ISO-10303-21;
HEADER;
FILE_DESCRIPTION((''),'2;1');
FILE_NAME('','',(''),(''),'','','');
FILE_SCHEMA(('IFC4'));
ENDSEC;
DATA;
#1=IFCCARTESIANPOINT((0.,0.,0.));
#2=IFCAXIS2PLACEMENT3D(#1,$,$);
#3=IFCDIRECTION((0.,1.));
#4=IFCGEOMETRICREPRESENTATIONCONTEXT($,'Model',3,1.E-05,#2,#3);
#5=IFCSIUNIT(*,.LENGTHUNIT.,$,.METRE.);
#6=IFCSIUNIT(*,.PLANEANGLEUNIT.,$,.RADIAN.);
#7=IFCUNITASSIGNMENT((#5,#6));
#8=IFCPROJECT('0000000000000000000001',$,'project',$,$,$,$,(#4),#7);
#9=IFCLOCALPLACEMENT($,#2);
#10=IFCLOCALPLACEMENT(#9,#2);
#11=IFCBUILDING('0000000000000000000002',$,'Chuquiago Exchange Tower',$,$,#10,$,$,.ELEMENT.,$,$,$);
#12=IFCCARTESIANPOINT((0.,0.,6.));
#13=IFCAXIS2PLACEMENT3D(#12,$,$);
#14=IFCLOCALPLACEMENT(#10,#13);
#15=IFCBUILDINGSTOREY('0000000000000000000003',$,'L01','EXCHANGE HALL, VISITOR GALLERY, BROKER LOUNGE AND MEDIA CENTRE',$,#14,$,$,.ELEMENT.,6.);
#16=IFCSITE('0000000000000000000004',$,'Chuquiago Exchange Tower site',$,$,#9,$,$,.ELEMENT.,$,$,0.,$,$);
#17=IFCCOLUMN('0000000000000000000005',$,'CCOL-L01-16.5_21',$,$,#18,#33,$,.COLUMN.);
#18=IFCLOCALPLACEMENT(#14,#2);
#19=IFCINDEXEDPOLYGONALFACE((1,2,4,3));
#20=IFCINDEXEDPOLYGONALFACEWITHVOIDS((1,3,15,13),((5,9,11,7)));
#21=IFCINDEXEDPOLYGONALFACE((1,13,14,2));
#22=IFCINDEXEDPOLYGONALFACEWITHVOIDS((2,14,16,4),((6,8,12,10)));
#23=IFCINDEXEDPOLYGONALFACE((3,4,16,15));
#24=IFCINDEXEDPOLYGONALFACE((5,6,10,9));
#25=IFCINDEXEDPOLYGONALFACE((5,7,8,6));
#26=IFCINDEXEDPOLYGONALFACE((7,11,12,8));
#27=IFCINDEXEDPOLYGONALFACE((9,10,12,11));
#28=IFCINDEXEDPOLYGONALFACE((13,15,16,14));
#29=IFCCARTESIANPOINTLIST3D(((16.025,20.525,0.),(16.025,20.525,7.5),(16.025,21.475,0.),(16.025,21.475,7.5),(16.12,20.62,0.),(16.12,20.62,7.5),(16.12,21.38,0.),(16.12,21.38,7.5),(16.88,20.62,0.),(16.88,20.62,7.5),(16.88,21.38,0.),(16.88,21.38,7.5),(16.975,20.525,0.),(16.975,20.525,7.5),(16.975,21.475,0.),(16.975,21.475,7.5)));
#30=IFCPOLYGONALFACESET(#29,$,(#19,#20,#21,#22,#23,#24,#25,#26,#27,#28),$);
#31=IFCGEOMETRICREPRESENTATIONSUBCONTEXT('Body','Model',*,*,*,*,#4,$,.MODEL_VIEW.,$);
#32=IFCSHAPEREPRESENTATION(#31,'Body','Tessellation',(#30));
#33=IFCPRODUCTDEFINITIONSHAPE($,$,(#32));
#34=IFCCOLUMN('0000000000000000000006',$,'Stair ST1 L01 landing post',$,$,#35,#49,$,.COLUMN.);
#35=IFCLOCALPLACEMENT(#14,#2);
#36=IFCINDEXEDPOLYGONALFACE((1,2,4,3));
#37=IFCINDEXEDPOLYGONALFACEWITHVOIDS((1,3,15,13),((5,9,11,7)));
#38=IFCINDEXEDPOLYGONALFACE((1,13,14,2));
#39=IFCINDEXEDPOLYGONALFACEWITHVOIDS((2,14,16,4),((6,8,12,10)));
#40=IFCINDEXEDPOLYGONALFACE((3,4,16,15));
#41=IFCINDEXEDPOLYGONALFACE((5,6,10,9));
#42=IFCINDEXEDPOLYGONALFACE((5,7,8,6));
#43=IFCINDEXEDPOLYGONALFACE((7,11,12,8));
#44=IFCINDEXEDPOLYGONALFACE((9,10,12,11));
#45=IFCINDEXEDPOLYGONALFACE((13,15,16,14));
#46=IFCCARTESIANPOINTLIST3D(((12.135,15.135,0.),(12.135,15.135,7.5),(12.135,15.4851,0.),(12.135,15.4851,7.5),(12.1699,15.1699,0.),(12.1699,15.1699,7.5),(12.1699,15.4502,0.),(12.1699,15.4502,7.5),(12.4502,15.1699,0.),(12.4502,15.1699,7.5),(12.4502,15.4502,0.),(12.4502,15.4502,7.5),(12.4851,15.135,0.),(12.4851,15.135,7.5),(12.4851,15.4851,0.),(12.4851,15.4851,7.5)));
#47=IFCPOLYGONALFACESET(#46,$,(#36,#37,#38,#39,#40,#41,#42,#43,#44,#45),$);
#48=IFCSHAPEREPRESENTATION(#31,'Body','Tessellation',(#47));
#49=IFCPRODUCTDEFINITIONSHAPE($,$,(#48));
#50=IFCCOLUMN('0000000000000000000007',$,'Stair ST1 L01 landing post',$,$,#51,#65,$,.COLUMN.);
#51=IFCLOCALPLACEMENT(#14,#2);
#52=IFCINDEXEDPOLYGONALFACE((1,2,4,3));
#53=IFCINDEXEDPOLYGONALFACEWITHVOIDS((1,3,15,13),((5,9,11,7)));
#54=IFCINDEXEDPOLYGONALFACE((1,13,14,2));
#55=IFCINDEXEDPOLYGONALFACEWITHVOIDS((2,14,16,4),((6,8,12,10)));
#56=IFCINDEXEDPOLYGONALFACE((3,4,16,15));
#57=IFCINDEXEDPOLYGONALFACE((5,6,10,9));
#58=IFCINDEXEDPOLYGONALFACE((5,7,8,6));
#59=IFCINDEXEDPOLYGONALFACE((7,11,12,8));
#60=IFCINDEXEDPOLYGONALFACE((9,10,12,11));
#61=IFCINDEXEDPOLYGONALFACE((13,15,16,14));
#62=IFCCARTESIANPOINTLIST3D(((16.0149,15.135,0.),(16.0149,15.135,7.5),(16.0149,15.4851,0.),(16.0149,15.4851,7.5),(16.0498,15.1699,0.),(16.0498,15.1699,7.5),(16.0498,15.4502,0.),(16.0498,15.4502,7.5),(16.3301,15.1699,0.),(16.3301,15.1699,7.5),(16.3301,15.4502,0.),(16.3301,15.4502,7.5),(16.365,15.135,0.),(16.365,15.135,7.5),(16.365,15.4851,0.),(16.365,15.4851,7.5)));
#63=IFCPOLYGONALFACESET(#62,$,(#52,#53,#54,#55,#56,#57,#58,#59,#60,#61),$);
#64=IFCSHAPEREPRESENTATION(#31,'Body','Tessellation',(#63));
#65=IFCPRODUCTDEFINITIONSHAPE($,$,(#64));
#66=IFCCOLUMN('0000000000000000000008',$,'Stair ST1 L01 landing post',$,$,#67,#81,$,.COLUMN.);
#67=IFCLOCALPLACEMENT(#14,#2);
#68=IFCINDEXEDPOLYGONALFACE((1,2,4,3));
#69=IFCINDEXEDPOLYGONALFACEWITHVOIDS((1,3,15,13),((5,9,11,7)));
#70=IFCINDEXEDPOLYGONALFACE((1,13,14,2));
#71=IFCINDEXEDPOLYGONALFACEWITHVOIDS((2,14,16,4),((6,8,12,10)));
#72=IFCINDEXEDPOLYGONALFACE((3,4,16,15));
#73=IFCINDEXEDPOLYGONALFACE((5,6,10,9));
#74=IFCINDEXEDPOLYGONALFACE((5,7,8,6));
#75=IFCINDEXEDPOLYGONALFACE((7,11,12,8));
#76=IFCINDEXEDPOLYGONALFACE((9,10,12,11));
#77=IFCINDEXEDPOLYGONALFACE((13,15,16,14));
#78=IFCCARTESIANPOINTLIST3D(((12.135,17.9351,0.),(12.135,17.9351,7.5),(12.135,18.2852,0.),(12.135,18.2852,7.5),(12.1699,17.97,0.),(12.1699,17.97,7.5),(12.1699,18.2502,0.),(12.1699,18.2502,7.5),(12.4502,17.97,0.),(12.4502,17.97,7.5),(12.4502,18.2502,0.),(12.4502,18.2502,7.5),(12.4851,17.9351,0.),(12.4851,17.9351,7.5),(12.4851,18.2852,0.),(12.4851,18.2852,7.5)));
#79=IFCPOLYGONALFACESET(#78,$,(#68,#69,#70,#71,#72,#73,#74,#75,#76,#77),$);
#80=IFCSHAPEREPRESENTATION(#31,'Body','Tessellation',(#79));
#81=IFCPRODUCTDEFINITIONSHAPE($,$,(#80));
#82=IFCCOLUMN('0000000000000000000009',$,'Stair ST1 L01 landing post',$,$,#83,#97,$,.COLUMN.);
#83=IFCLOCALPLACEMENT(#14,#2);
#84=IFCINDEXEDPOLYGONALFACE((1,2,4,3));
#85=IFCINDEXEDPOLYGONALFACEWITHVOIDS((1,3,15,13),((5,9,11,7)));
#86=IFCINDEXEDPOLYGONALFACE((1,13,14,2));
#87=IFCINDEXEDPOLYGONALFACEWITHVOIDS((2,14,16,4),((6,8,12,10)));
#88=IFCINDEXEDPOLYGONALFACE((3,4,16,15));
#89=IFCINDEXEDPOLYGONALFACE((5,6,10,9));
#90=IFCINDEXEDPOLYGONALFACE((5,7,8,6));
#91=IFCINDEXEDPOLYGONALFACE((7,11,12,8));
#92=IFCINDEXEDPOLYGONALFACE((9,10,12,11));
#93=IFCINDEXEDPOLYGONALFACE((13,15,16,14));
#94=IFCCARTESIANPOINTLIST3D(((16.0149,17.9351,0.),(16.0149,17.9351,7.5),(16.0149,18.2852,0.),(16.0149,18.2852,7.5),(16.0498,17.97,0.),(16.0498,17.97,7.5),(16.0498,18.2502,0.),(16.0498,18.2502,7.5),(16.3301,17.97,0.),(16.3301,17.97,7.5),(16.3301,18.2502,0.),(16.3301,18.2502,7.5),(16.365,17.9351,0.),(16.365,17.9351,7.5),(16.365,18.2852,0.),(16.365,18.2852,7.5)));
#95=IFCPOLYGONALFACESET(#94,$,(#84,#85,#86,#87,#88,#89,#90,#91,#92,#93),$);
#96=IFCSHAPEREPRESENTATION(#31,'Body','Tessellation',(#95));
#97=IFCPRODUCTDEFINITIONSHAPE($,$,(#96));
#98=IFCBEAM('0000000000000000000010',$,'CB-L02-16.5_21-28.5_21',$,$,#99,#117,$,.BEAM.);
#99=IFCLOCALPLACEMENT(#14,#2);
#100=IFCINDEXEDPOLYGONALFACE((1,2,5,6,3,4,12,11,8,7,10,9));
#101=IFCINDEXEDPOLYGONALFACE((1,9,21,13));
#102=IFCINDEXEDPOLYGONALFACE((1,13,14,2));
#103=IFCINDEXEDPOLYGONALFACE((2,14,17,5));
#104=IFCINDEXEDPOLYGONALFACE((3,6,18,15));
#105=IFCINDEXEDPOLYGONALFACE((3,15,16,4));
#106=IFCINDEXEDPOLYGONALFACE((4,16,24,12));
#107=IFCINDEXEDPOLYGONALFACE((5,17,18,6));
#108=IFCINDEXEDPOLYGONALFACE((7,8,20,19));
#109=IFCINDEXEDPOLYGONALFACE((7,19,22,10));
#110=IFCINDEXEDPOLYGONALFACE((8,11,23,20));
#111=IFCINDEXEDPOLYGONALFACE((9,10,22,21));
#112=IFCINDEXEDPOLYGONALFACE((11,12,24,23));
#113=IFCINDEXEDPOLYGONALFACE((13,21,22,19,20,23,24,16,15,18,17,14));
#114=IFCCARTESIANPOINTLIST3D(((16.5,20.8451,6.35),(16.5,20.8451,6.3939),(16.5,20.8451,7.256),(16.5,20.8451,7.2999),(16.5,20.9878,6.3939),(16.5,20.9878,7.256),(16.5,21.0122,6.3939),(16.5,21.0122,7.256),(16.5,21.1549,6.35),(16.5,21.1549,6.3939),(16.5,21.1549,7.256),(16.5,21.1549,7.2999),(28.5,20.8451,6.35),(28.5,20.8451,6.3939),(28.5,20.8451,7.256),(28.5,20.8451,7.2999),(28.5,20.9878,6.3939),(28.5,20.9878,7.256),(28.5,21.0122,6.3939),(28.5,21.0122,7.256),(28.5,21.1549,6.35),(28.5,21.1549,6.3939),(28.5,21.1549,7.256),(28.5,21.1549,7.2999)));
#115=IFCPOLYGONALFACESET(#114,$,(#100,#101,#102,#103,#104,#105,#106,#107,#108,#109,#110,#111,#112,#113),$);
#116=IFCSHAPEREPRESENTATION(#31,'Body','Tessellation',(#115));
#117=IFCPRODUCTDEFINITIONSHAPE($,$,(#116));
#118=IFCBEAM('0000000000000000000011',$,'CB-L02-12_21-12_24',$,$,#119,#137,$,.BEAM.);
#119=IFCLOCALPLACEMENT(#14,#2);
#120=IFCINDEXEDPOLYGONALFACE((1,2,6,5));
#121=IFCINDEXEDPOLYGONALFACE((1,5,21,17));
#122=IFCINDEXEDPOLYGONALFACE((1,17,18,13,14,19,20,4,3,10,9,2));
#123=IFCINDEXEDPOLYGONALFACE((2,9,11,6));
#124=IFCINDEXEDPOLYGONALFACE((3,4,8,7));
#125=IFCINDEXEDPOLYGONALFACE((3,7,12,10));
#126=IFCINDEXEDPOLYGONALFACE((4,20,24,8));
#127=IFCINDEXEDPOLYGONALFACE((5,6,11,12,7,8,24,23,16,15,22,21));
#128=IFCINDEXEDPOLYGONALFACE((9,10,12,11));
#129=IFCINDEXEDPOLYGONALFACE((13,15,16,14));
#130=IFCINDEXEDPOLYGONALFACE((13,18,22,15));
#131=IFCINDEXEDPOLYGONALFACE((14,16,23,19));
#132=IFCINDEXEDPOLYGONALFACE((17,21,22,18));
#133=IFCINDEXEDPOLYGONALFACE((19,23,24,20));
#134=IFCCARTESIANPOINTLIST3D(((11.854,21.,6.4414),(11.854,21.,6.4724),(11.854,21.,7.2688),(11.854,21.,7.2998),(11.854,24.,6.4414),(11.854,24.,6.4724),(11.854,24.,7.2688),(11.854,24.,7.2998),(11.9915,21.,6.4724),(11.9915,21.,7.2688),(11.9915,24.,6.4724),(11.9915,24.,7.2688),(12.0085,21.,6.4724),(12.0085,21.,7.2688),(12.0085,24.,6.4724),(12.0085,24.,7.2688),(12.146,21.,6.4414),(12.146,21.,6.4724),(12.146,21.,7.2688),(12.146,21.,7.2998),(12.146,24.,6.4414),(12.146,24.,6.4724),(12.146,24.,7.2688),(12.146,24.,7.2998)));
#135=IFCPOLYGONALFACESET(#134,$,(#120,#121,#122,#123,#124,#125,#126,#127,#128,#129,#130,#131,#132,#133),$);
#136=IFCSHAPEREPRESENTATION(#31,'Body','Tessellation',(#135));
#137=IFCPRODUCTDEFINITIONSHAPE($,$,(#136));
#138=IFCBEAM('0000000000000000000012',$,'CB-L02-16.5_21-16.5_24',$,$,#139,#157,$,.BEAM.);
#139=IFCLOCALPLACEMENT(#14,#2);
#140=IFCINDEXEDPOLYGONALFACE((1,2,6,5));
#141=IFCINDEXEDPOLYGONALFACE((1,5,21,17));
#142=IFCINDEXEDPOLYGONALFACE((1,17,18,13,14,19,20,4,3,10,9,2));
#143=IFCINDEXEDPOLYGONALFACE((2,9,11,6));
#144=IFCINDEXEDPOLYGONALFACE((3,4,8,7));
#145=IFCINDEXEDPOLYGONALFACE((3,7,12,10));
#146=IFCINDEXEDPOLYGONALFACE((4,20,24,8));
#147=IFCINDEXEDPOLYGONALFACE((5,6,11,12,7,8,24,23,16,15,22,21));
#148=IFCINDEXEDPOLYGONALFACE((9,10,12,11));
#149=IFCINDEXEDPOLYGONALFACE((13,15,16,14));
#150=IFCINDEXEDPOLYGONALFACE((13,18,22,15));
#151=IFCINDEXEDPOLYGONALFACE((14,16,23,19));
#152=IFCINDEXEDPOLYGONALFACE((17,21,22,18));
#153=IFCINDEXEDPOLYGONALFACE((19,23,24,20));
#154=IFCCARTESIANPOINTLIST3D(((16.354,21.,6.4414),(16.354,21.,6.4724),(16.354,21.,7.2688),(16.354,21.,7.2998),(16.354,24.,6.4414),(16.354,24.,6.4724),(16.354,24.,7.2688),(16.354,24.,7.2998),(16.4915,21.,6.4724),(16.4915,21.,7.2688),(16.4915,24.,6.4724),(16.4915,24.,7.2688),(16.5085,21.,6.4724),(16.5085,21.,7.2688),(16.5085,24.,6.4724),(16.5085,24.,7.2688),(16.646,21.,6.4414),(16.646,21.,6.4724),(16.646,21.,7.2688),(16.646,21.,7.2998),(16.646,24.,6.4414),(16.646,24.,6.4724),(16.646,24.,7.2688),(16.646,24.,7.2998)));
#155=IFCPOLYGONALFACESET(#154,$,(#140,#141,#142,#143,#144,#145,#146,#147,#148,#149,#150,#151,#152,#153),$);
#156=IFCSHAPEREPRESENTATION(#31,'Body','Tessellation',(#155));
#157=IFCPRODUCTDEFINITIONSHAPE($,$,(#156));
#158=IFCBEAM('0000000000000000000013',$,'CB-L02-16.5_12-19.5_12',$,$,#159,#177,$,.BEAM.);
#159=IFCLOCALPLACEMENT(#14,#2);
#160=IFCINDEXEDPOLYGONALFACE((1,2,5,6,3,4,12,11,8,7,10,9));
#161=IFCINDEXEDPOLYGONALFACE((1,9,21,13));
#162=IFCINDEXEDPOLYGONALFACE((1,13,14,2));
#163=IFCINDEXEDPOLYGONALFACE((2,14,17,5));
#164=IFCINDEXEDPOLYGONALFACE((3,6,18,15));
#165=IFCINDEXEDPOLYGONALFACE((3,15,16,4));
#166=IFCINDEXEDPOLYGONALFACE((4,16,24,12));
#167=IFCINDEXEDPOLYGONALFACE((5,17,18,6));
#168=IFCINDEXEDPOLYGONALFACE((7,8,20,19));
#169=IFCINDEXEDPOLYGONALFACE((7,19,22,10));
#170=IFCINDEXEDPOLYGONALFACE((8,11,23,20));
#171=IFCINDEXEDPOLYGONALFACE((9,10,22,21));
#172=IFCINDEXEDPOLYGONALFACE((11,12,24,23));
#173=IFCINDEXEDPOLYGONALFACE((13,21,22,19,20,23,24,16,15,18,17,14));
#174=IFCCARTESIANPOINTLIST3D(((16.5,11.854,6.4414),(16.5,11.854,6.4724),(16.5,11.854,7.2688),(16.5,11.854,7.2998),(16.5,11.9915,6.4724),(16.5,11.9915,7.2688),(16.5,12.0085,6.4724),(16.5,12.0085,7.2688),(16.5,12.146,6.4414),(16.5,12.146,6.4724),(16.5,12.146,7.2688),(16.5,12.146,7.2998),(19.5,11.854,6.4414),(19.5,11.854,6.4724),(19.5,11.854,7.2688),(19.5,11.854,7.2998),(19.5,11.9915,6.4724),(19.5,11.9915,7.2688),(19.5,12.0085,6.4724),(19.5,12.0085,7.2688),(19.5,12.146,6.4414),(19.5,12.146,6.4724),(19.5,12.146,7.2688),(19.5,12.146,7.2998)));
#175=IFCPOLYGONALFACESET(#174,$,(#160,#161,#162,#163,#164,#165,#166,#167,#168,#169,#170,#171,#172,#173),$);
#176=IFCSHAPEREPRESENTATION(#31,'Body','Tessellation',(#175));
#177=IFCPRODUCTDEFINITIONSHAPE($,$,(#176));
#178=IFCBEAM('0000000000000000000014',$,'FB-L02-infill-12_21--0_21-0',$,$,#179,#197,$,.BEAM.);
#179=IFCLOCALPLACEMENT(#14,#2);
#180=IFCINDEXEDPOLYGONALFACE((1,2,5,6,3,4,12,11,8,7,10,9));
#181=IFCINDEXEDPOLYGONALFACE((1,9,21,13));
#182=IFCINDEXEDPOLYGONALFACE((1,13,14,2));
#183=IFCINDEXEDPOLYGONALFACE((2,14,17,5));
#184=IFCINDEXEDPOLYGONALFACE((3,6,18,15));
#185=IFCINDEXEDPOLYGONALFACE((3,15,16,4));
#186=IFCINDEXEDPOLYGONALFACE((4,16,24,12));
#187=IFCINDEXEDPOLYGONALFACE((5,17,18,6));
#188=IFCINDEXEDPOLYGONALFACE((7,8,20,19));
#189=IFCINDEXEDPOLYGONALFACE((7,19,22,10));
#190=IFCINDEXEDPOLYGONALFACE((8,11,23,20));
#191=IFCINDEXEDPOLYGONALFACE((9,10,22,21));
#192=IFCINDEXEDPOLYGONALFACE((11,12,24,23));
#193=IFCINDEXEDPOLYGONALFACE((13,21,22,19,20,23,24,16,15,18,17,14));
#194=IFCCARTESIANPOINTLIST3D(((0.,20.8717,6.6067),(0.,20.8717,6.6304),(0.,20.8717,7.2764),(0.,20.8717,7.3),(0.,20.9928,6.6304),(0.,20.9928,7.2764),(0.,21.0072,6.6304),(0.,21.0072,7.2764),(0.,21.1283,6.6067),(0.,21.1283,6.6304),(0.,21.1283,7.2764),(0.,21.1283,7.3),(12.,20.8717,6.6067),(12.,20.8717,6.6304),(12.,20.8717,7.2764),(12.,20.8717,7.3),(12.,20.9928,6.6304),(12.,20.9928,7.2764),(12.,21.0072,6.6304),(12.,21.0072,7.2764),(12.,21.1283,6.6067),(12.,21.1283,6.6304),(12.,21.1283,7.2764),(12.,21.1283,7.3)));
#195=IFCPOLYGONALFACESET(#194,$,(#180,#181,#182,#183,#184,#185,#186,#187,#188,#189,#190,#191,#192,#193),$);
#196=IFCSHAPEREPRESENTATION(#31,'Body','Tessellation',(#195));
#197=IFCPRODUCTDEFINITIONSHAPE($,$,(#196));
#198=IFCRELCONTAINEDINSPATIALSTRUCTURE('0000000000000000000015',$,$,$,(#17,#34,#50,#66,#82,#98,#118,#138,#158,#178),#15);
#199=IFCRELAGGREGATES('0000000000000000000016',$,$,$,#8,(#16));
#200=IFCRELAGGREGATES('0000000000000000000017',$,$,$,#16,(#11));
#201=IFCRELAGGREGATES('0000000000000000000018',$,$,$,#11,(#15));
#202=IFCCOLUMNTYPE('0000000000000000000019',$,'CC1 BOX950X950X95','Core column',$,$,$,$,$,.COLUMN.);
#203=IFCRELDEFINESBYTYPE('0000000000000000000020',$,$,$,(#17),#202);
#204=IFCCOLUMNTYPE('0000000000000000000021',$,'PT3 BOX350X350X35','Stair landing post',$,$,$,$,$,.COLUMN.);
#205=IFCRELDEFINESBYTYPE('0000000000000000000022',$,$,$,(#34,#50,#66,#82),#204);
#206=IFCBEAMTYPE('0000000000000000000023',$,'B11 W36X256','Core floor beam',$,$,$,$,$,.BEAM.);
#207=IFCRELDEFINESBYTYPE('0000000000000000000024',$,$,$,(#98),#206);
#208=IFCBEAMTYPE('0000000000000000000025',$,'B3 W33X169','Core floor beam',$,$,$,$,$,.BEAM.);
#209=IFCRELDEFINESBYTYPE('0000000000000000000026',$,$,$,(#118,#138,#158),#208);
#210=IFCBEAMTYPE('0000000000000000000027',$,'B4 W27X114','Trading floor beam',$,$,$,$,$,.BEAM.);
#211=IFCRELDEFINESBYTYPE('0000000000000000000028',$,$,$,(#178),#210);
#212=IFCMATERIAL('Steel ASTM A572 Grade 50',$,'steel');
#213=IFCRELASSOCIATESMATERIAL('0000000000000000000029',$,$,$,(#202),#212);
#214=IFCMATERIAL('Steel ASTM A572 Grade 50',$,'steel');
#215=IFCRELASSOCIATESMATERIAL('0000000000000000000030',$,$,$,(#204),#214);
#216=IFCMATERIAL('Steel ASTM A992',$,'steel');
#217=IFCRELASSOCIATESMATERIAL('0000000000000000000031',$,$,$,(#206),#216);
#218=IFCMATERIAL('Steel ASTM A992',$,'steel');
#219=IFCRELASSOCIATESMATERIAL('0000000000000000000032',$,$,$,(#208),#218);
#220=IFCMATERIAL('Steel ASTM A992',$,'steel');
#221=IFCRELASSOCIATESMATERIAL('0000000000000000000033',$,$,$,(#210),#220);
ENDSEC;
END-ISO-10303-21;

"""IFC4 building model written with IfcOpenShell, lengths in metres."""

from ifc_helpers import new_model, si_unit, direction, frame, origin, origin_2d, place, context, subcontext, project, spatial, hollow_rectangle, i_section, extrude, material, material_profile, profile_set, type_object, element, save


model = new_model("IFC4")

# Units and contexts
model_context = context("Model", 3, precision=1e-05, world=origin(), true_north=direction((0.0, 1.0)))
body_context = subcontext(model_context, "Body", "Model", "MODEL_VIEW")
ifc_project = project(units=[si_unit("LENGTHUNIT", "METRE"), si_unit("PLANEANGLEUNIT", "RADIAN")], contexts=[model_context])

# Site, building, storey
site_placement = place(None, origin())
site = spatial("IfcSite", under=ifc_project, at=site_placement, Name="Chuquiago Exchange Tower site", CompositionType="ELEMENT", RefElevation=0.0)
building_placement = place(site_placement, origin())
building = spatial("IfcBuilding", under=site, at=building_placement, Name="Chuquiago Exchange Tower", CompositionType="ELEMENT")
storey_placement = place(building_placement, frame((0.0, 0.0, 6.0)))
storey = spatial("IfcBuildingStorey", under=building, at=storey_placement, Name="L01", Description="EXCHANGE HALL, VISITOR GALLERY, BROKER LOUNGE AND MEDIA CENTRE", CompositionType="ELEMENT", Elevation=6.0)

# Columns
ifc_material_1 = material(Name="Steel ASTM A572 Grade 50", Category="steel")
ifc_material_profile_1 = material_profile(ifc_material_1, hollow_rectangle(XDim=0.95, YDim=0.95, WallThickness=0.095, at=origin_2d()), Name="BOX950X950X95")
ifc_profile_set_1 = profile_set([ifc_material_profile_1], Name="Steel ASTM A572 Grade 50")
column_type_1 = type_object("IfcColumnType", Name="CC1 BOX950X950X95", Description="Core column", PredefinedType="COLUMN", material=ifc_profile_set_1)
column_placement = place(storey_placement, frame((16.5, 21.0, 0.0), z_axis=(0.0, 0.0, 1.0), x_axis=(1.0, 0.0, 0.0)))
element("IfcColumn", 1, at=column_placement, inside=storey, type_object=column_type_1, Name="CCOL-L01-16.5_21", PredefinedType="COLUMN", context=body_context, shape_type="SweptSolid", body=[
    extrude(hollow_rectangle(XDim=0.95, YDim=0.95, WallThickness=0.095, at=origin_2d()), origin(), (0.0, 0.0, 1.0), 7.5),
])
ifc_material_2 = material(Name="Steel ASTM A572 Grade 50", Category="steel")
ifc_material_profile_2 = material_profile(ifc_material_2, hollow_rectangle(XDim=0.3501, YDim=0.3501, WallThickness=0.0349, at=origin_2d()), Name="BOX350X350X35")
ifc_profile_set_2 = profile_set([ifc_material_profile_2], Name="Steel ASTM A572 Grade 50")
column_type_2 = type_object("IfcColumnType", Name="PT3 BOX350X350X35", Description="Stair landing post", PredefinedType="COLUMN", material=ifc_profile_set_2)
for number, where, z_axis, x_axis, name in (
    (2, (12.3101, 15.3101, 0.0), (0.0, 0.0, 1.0), (1.0, 0.0, 0.0), "Stair ST1 L01 landing post"),
    (3, (16.1899, 15.3101, 0.0), (0.0, 0.0, 1.0), (1.0, 0.0, 0.0), "Stair ST1 L01 landing post"),
    (4, (12.3101, 18.1101, 0.0), (0.0, 0.0, 1.0), (1.0, 0.0, 0.0), "Stair ST1 L01 landing post"),
    (5, (16.1899, 18.1101, 0.0), (0.0, 0.0, 1.0), (1.0, 0.0, 0.0), "Stair ST1 L01 landing post"),
):
    element("IfcColumn", number, at=place(storey_placement, frame(where, z_axis=z_axis, x_axis=x_axis)), inside=storey, type_object=column_type_2, Name=name, PredefinedType="COLUMN", context=body_context, shape_type="SweptSolid", body=[
        extrude(hollow_rectangle(XDim=0.3501, YDim=0.3501, WallThickness=0.0349, at=origin_2d()), origin(), (0.0, 0.0, 1.0), 7.5),
    ])

# Beams
ifc_material_3 = material(Name="Steel ASTM A992", Category="steel")
ifc_material_profile_3 = material_profile(ifc_material_3, i_section(OverallWidth=0.3098, OverallDepth=0.95, WebThickness=0.0244, FlangeThickness=0.0439, at=origin_2d()), Name="W36X256")
ifc_profile_set_3 = profile_set([ifc_material_profile_3], Name="Steel ASTM A992")
beam_type_1 = type_object("IfcBeamType", Name="B11 W36X256", Description="Core floor beam", PredefinedType="BEAM", material=ifc_profile_set_3)
beam_1_placement = place(storey_placement, frame((16.5, 21.0, 6.825), z_axis=(1.0, 0.0, 0.0), x_axis=(0.0, 1.0, 0.0)))
element("IfcBeam", 6, at=beam_1_placement, inside=storey, type_object=beam_type_1, Name="CB-L02-16.5_21-28.5_21", PredefinedType="BEAM", context=body_context, shape_type="SweptSolid", body=[
    extrude(i_section(OverallWidth=0.3098, OverallDepth=0.95, WebThickness=0.0244, FlangeThickness=0.0439, at=origin_2d()), origin(), (0.0, 0.0, 1.0), 12.0),
])
ifc_material_4 = material(Name="Steel ASTM A992", Category="steel")
ifc_material_profile_4 = material_profile(ifc_material_4, i_section(OverallWidth=0.292, OverallDepth=0.8584, WebThickness=0.0171, FlangeThickness=0.031, at=origin_2d()), Name="W33X169")
ifc_profile_set_4 = profile_set([ifc_material_profile_4], Name="Steel ASTM A992")
beam_type_2 = type_object("IfcBeamType", Name="B3 W33X169", Description="Core floor beam", PredefinedType="BEAM", material=ifc_profile_set_4)
for number, where, z_axis, x_axis, name in (
    (7, (12.0, 21.0, 6.8706), (0.0, 1.0, 0.0), (-1.0, 0.0, 0.0), "CB-L02-12_21-12_24"),
    (8, (16.5, 21.0, 6.8706), (0.0, 1.0, 0.0), (-1.0, 0.0, 0.0), "CB-L02-16.5_21-16.5_24"),
    (9, (16.5, 12.0, 6.8706), (1.0, 0.0, 0.0), (0.0, 1.0, 0.0), "CB-L02-16.5_12-19.5_12"),
):
    element("IfcBeam", number, at=place(storey_placement, frame(where, z_axis=z_axis, x_axis=x_axis)), inside=storey, type_object=beam_type_2, Name=name, PredefinedType="BEAM", context=body_context, shape_type="SweptSolid", body=[
        extrude(i_section(OverallWidth=0.292, OverallDepth=0.8584, WebThickness=0.0171, FlangeThickness=0.031, at=origin_2d()), origin(), (0.0, 0.0, 1.0), 3.0),
    ])
ifc_material_5 = material(Name="Steel ASTM A992", Category="steel")
ifc_material_profile_5 = material_profile(ifc_material_5, i_section(OverallWidth=0.2566, OverallDepth=0.6934, WebThickness=0.0144, FlangeThickness=0.0237, at=origin_2d()), Name="W27X114")
ifc_profile_set_5 = profile_set([ifc_material_profile_5], Name="Steel ASTM A992")
beam_type_3 = type_object("IfcBeamType", Name="B4 W27X114", Description="Trading floor beam", PredefinedType="BEAM", material=ifc_profile_set_5)
beam_2_placement = place(storey_placement, frame((12.0, 21.0, 6.9534), z_axis=(-1.0, 0.0, 0.0), x_axis=(0.0, -1.0, 0.0)))
element("IfcBeam", 10, at=beam_2_placement, inside=storey, type_object=beam_type_3, Name="FB-L02-infill-12_21--0_21-0", PredefinedType="BEAM", context=body_context, shape_type="SweptSolid", body=[
    extrude(i_section(OverallWidth=0.2566, OverallDepth=0.6934, WebThickness=0.0144, FlangeThickness=0.0237, at=origin_2d()), origin(), (0.0, 0.0, 1.0), 12.0),
])

save(model, "model.ifc")
